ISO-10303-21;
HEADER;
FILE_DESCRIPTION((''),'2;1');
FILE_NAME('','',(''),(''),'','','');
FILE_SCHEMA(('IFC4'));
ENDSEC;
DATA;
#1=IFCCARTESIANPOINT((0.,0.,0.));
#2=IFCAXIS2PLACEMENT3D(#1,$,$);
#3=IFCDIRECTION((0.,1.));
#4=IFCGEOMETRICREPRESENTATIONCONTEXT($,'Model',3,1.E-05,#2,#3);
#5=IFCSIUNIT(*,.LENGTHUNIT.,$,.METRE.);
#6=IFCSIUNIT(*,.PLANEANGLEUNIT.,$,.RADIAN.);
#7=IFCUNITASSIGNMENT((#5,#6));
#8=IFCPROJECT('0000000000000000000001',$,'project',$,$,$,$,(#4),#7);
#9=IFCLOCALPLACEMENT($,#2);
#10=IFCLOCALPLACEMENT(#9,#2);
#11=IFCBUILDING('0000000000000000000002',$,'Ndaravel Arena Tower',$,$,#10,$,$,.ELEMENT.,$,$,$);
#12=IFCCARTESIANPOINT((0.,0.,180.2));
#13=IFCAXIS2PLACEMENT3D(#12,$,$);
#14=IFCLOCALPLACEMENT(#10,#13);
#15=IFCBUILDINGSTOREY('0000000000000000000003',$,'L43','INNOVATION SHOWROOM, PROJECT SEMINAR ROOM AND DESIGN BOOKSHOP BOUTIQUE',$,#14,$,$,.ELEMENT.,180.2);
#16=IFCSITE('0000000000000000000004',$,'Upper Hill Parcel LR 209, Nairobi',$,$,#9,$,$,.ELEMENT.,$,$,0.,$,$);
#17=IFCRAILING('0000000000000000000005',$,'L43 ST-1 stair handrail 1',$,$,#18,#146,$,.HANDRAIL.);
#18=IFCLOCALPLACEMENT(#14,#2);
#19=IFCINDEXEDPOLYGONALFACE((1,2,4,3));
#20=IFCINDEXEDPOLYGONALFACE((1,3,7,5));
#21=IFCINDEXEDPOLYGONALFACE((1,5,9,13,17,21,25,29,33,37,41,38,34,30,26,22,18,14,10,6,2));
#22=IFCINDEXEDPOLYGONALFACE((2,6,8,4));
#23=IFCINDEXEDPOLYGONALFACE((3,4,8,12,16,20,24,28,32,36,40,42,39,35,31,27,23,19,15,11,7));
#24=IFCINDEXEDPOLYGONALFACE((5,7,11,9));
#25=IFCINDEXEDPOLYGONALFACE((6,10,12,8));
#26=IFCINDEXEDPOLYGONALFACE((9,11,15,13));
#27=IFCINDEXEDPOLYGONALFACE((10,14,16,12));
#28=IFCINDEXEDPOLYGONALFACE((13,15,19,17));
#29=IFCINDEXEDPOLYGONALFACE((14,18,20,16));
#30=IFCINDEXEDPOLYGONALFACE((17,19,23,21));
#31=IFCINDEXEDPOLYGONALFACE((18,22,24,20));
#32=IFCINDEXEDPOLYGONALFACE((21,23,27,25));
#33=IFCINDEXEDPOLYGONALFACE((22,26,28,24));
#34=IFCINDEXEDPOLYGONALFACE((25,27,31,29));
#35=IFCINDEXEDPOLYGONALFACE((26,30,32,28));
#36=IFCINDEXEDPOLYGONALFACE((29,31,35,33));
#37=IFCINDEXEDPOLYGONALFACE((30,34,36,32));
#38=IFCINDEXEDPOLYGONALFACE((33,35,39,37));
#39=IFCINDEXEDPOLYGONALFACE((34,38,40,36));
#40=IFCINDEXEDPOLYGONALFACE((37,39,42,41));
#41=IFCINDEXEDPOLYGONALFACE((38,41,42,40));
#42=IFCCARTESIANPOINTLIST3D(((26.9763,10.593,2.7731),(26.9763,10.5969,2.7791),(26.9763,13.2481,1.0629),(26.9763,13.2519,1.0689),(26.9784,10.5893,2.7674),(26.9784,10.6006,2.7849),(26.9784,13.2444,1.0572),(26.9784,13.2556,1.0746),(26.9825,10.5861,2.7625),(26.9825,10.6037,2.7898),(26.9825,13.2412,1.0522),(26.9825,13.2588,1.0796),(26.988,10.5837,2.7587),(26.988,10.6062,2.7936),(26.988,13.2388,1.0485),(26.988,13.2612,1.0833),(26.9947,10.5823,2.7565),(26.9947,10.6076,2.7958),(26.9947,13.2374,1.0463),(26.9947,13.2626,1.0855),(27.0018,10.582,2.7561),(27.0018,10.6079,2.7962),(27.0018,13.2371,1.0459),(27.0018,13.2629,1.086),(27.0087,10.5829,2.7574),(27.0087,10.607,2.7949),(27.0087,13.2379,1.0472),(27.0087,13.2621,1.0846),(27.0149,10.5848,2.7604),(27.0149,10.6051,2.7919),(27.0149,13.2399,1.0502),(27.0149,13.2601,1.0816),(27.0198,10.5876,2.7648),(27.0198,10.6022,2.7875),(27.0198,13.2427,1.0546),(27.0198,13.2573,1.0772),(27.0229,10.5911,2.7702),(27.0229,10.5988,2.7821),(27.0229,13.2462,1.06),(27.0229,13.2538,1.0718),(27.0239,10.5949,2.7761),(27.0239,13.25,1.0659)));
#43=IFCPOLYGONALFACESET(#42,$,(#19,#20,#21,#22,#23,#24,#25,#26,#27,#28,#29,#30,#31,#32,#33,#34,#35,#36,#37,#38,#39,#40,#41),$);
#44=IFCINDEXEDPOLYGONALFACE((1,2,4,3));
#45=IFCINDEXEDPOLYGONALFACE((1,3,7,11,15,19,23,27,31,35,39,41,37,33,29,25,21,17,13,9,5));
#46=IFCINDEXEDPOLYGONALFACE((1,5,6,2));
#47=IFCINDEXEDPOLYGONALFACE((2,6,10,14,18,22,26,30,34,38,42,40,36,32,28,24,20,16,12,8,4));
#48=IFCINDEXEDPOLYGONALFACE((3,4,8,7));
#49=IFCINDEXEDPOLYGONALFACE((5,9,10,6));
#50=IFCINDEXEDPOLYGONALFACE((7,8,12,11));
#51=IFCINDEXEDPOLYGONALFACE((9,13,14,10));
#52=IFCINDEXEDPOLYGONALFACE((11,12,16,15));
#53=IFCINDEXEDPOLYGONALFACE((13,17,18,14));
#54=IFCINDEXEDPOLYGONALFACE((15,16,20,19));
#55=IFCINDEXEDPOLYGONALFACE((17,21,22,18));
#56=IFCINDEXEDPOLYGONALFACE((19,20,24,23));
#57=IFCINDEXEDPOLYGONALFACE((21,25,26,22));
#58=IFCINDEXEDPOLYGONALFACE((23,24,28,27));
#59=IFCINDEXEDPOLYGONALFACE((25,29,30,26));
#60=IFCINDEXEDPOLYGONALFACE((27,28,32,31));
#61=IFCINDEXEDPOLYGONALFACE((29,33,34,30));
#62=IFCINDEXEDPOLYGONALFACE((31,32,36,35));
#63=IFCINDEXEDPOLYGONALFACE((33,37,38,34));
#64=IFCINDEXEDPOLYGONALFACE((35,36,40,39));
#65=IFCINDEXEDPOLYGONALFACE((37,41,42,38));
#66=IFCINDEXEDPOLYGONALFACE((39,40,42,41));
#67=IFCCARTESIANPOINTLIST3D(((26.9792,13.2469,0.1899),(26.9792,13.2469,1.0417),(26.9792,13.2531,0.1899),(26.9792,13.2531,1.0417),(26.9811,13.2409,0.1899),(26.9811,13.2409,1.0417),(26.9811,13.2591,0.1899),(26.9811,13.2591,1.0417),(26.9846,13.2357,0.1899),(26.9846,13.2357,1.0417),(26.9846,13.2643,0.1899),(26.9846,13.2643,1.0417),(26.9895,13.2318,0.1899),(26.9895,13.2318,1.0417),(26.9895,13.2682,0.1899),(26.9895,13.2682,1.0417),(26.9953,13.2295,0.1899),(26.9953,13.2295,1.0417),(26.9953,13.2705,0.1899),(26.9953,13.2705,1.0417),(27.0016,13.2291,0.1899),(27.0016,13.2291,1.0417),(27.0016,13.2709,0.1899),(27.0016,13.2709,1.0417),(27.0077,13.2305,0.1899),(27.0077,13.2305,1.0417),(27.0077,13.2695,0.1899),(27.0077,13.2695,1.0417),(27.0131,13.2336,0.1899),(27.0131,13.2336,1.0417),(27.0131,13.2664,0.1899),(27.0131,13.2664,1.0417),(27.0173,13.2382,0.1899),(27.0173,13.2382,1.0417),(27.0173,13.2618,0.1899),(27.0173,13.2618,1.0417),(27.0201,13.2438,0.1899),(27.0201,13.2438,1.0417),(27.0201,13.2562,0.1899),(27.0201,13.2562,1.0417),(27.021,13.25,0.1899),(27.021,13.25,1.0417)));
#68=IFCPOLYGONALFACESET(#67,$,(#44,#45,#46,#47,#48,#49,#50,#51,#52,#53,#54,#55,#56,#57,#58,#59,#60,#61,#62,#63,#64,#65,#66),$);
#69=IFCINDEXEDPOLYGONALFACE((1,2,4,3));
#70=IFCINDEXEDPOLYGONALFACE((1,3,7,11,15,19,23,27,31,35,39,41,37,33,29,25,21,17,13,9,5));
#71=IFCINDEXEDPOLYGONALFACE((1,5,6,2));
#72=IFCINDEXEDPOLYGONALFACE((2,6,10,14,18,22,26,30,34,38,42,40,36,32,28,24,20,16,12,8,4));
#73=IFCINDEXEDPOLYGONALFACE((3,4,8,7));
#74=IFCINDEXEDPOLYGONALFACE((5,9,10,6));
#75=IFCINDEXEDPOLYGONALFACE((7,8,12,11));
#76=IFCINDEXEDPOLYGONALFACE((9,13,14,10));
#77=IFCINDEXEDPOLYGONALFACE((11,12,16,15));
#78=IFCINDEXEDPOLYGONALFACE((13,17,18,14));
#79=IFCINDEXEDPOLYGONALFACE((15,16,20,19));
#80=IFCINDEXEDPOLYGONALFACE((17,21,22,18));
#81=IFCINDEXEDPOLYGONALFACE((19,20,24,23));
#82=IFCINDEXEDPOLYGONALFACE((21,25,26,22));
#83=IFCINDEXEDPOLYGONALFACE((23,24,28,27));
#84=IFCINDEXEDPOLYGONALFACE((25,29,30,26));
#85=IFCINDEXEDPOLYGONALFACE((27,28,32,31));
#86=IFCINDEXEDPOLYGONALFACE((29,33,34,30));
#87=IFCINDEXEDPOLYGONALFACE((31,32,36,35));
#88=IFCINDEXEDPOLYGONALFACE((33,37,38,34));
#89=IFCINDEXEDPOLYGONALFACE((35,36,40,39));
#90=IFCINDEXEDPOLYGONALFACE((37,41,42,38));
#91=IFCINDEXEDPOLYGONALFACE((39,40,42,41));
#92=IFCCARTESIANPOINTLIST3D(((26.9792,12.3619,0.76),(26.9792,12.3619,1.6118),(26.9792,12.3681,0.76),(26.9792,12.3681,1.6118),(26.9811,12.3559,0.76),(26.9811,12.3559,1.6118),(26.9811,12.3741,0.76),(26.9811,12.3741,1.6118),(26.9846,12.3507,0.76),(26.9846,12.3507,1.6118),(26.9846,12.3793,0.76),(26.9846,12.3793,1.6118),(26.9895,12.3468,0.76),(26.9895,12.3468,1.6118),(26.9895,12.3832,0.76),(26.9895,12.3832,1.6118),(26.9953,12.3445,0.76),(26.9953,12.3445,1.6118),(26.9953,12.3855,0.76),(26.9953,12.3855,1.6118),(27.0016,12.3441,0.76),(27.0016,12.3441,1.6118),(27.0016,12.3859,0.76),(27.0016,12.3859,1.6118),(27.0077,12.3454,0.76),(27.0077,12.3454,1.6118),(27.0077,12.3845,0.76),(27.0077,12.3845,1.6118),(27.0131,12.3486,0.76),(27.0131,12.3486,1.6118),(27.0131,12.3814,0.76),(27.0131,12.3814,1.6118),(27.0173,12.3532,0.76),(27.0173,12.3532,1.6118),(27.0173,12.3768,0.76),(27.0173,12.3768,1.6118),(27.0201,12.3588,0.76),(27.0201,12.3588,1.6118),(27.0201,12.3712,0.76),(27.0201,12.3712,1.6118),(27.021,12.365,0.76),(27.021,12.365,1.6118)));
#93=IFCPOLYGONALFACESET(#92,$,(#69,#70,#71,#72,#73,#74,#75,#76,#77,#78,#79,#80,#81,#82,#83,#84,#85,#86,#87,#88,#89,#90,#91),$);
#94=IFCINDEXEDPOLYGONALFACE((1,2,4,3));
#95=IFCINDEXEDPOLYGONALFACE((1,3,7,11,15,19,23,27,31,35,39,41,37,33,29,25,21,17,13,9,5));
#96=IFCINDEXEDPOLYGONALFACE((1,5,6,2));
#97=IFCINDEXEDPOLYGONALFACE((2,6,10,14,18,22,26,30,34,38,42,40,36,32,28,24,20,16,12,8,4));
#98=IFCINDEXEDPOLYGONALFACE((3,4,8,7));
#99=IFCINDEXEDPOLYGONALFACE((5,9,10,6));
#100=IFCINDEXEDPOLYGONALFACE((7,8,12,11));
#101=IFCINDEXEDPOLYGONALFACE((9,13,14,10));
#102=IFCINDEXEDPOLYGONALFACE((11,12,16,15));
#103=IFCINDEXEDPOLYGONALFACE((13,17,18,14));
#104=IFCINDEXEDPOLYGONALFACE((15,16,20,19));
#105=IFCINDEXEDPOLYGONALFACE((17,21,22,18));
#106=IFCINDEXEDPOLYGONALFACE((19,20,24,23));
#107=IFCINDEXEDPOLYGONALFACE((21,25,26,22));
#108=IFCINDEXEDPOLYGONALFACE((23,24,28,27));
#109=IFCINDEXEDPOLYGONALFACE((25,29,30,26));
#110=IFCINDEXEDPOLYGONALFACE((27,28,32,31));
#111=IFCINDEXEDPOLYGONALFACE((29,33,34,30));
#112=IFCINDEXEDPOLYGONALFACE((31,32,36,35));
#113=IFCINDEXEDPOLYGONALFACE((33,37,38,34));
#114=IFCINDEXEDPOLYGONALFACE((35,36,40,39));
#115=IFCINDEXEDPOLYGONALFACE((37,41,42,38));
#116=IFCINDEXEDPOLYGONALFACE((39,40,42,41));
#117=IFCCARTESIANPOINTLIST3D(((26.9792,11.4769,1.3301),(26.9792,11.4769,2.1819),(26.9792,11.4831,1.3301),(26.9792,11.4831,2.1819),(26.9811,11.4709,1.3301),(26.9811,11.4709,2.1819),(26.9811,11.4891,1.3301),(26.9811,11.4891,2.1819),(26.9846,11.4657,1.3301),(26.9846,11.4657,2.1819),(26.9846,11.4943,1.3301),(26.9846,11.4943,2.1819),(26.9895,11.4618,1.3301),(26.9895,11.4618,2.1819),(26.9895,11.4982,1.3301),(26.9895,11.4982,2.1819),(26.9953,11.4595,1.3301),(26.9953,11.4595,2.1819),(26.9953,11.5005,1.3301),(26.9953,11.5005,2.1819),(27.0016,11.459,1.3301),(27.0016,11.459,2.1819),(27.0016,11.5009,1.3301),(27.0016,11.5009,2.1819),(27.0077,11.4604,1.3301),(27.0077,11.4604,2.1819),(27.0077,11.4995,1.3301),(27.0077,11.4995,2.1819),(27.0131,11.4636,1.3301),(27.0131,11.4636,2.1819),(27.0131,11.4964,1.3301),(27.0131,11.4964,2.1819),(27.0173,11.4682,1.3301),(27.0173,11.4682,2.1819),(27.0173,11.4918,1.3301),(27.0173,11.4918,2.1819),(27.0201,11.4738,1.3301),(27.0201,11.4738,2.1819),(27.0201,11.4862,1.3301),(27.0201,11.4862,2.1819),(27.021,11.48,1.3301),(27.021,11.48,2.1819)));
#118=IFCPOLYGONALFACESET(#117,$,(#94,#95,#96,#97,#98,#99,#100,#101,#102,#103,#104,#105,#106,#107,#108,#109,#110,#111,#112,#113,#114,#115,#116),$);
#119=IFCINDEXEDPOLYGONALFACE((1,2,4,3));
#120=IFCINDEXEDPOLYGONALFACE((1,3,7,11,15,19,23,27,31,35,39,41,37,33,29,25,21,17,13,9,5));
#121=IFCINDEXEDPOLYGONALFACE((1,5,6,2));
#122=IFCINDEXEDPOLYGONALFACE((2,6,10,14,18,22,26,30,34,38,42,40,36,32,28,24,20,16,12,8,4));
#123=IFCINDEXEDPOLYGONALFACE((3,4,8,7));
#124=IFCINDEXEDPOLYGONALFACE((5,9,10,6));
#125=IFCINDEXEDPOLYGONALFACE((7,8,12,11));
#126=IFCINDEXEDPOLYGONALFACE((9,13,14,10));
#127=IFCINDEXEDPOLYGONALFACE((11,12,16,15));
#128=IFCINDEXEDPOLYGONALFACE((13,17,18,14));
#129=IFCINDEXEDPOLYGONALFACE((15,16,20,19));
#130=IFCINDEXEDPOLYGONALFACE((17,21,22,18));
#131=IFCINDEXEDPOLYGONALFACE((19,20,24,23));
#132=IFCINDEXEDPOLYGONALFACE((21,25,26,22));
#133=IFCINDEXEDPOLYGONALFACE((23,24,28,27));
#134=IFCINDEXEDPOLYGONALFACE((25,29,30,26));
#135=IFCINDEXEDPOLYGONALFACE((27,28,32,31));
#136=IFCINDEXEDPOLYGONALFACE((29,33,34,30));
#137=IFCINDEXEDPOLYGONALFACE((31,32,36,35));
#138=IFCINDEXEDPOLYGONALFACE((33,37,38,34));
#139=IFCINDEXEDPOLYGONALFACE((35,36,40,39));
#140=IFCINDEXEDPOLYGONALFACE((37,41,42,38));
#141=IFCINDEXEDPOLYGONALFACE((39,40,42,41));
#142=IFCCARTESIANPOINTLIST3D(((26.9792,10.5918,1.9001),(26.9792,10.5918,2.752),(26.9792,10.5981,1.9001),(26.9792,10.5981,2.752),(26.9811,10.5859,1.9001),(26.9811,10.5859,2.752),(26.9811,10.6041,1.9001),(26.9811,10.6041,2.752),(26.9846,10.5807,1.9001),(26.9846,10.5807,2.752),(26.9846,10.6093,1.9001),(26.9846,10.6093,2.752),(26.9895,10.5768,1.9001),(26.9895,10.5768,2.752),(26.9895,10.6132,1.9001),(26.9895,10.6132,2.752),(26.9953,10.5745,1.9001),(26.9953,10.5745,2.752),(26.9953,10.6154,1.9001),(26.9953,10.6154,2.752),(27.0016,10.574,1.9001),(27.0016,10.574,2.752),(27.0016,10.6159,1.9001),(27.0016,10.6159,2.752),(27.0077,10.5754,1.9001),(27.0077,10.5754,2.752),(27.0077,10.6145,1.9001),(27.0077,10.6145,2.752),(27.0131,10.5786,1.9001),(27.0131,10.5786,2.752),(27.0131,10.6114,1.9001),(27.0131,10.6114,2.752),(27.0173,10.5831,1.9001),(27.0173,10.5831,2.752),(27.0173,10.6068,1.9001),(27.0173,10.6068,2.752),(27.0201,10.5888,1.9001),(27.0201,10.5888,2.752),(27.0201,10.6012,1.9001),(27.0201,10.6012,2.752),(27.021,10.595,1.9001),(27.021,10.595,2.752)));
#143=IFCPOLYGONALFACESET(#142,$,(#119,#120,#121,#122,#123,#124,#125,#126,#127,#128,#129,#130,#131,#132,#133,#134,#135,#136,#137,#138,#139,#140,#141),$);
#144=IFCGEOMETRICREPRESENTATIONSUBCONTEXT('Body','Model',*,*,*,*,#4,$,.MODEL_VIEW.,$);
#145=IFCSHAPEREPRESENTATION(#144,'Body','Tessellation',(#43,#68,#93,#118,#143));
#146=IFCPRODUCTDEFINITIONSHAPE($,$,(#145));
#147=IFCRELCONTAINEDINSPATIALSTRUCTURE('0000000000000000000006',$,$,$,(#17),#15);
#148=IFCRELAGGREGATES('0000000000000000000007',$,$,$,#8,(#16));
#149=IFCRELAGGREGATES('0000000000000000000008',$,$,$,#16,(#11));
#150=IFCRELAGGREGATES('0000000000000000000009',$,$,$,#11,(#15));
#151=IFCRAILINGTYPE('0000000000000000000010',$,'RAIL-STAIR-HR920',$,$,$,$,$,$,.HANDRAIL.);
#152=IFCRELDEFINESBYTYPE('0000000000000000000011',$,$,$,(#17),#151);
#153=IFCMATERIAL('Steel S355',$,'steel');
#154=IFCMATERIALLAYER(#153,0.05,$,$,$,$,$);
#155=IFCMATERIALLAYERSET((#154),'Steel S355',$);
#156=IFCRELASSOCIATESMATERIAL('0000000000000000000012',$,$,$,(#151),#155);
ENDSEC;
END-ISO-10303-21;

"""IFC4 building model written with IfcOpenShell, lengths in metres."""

from ifc_helpers import new_model, si_unit, direction, frame, origin, origin_2d, place, context, subcontext, project, spatial, circle, extrude, material, layer, layer_set, type_object, element, save


model = new_model("IFC4")

# Units and contexts
model_context = context("Model", 3, precision=1e-05, world=origin(), true_north=direction((0.0, 1.0)))
body_context = subcontext(model_context, "Body", "Model", "MODEL_VIEW")
ifc_project = project(units=[si_unit("LENGTHUNIT", "METRE"), si_unit("PLANEANGLEUNIT", "RADIAN")], contexts=[model_context])

# Site, building, storey
site_placement = place(None, origin())
site = spatial("IfcSite", under=ifc_project, at=site_placement, Name="Upper Hill Parcel LR 209, Nairobi", CompositionType="ELEMENT", RefElevation=0.0)
building_placement = place(site_placement, origin())
building = spatial("IfcBuilding", under=site, at=building_placement, Name="Ndaravel Arena Tower", CompositionType="ELEMENT")
storey_placement = place(building_placement, frame((0.0, 0.0, 180.2)))
storey = spatial("IfcBuildingStorey", under=building, at=storey_placement, Name="L43", Description="INNOVATION SHOWROOM, PROJECT SEMINAR ROOM AND DESIGN BOOKSHOP BOUTIQUE", CompositionType="ELEMENT", Elevation=180.2)

# Railing
ifc_material_1 = material(Name="Steel S355", Category="steel")
ifc_layer_1 = layer(ifc_material_1, 0.05)
ifc_layer_set_1 = layer_set([ifc_layer_1], Name="Steel S355")
railing_type_1 = type_object("IfcRailingType", Name="RAIL-STAIR-HR920", PredefinedType="HANDRAIL", material=ifc_layer_set_1)
railing_1_placement = place(storey_placement, frame((27.0, 13.25, 0.1899)))
element("IfcRailing", 1, at=railing_1_placement, inside=storey, type_object=railing_type_1, Name="L43 ST-1 stair handrail 1", PredefinedType="HANDRAIL", context=body_context, shape_type="SweptSolid", body=[
    extrude(circle(Radius=0.0239, at=origin_2d()), frame((0.0, 0.0, 0.876), z_axis=(0.0, -0.840688, 0.541519), x_axis=(1.0, 0.0, 0.0)), (0.0, 0.0, 1.0), 3.1582),
    extrude(circle(Radius=0.021, at=origin_2d()), origin(), (0.0, 0.0, 1.0), 0.8518),
    extrude(circle(Radius=0.021, at=origin_2d()), frame((0.0, -0.885, 0.5701)), (0.0, 0.0, 1.0), 0.8518),
    extrude(circle(Radius=0.021, at=origin_2d()), frame((0.0, -1.77, 1.1401)), (0.0, 0.0, 1.0), 0.8518),
    extrude(circle(Radius=0.021, at=origin_2d()), frame((0.0, -2.655, 1.7102)), (0.0, 0.0, 1.0), 0.8518),
])

save(model, "model.ifc")
